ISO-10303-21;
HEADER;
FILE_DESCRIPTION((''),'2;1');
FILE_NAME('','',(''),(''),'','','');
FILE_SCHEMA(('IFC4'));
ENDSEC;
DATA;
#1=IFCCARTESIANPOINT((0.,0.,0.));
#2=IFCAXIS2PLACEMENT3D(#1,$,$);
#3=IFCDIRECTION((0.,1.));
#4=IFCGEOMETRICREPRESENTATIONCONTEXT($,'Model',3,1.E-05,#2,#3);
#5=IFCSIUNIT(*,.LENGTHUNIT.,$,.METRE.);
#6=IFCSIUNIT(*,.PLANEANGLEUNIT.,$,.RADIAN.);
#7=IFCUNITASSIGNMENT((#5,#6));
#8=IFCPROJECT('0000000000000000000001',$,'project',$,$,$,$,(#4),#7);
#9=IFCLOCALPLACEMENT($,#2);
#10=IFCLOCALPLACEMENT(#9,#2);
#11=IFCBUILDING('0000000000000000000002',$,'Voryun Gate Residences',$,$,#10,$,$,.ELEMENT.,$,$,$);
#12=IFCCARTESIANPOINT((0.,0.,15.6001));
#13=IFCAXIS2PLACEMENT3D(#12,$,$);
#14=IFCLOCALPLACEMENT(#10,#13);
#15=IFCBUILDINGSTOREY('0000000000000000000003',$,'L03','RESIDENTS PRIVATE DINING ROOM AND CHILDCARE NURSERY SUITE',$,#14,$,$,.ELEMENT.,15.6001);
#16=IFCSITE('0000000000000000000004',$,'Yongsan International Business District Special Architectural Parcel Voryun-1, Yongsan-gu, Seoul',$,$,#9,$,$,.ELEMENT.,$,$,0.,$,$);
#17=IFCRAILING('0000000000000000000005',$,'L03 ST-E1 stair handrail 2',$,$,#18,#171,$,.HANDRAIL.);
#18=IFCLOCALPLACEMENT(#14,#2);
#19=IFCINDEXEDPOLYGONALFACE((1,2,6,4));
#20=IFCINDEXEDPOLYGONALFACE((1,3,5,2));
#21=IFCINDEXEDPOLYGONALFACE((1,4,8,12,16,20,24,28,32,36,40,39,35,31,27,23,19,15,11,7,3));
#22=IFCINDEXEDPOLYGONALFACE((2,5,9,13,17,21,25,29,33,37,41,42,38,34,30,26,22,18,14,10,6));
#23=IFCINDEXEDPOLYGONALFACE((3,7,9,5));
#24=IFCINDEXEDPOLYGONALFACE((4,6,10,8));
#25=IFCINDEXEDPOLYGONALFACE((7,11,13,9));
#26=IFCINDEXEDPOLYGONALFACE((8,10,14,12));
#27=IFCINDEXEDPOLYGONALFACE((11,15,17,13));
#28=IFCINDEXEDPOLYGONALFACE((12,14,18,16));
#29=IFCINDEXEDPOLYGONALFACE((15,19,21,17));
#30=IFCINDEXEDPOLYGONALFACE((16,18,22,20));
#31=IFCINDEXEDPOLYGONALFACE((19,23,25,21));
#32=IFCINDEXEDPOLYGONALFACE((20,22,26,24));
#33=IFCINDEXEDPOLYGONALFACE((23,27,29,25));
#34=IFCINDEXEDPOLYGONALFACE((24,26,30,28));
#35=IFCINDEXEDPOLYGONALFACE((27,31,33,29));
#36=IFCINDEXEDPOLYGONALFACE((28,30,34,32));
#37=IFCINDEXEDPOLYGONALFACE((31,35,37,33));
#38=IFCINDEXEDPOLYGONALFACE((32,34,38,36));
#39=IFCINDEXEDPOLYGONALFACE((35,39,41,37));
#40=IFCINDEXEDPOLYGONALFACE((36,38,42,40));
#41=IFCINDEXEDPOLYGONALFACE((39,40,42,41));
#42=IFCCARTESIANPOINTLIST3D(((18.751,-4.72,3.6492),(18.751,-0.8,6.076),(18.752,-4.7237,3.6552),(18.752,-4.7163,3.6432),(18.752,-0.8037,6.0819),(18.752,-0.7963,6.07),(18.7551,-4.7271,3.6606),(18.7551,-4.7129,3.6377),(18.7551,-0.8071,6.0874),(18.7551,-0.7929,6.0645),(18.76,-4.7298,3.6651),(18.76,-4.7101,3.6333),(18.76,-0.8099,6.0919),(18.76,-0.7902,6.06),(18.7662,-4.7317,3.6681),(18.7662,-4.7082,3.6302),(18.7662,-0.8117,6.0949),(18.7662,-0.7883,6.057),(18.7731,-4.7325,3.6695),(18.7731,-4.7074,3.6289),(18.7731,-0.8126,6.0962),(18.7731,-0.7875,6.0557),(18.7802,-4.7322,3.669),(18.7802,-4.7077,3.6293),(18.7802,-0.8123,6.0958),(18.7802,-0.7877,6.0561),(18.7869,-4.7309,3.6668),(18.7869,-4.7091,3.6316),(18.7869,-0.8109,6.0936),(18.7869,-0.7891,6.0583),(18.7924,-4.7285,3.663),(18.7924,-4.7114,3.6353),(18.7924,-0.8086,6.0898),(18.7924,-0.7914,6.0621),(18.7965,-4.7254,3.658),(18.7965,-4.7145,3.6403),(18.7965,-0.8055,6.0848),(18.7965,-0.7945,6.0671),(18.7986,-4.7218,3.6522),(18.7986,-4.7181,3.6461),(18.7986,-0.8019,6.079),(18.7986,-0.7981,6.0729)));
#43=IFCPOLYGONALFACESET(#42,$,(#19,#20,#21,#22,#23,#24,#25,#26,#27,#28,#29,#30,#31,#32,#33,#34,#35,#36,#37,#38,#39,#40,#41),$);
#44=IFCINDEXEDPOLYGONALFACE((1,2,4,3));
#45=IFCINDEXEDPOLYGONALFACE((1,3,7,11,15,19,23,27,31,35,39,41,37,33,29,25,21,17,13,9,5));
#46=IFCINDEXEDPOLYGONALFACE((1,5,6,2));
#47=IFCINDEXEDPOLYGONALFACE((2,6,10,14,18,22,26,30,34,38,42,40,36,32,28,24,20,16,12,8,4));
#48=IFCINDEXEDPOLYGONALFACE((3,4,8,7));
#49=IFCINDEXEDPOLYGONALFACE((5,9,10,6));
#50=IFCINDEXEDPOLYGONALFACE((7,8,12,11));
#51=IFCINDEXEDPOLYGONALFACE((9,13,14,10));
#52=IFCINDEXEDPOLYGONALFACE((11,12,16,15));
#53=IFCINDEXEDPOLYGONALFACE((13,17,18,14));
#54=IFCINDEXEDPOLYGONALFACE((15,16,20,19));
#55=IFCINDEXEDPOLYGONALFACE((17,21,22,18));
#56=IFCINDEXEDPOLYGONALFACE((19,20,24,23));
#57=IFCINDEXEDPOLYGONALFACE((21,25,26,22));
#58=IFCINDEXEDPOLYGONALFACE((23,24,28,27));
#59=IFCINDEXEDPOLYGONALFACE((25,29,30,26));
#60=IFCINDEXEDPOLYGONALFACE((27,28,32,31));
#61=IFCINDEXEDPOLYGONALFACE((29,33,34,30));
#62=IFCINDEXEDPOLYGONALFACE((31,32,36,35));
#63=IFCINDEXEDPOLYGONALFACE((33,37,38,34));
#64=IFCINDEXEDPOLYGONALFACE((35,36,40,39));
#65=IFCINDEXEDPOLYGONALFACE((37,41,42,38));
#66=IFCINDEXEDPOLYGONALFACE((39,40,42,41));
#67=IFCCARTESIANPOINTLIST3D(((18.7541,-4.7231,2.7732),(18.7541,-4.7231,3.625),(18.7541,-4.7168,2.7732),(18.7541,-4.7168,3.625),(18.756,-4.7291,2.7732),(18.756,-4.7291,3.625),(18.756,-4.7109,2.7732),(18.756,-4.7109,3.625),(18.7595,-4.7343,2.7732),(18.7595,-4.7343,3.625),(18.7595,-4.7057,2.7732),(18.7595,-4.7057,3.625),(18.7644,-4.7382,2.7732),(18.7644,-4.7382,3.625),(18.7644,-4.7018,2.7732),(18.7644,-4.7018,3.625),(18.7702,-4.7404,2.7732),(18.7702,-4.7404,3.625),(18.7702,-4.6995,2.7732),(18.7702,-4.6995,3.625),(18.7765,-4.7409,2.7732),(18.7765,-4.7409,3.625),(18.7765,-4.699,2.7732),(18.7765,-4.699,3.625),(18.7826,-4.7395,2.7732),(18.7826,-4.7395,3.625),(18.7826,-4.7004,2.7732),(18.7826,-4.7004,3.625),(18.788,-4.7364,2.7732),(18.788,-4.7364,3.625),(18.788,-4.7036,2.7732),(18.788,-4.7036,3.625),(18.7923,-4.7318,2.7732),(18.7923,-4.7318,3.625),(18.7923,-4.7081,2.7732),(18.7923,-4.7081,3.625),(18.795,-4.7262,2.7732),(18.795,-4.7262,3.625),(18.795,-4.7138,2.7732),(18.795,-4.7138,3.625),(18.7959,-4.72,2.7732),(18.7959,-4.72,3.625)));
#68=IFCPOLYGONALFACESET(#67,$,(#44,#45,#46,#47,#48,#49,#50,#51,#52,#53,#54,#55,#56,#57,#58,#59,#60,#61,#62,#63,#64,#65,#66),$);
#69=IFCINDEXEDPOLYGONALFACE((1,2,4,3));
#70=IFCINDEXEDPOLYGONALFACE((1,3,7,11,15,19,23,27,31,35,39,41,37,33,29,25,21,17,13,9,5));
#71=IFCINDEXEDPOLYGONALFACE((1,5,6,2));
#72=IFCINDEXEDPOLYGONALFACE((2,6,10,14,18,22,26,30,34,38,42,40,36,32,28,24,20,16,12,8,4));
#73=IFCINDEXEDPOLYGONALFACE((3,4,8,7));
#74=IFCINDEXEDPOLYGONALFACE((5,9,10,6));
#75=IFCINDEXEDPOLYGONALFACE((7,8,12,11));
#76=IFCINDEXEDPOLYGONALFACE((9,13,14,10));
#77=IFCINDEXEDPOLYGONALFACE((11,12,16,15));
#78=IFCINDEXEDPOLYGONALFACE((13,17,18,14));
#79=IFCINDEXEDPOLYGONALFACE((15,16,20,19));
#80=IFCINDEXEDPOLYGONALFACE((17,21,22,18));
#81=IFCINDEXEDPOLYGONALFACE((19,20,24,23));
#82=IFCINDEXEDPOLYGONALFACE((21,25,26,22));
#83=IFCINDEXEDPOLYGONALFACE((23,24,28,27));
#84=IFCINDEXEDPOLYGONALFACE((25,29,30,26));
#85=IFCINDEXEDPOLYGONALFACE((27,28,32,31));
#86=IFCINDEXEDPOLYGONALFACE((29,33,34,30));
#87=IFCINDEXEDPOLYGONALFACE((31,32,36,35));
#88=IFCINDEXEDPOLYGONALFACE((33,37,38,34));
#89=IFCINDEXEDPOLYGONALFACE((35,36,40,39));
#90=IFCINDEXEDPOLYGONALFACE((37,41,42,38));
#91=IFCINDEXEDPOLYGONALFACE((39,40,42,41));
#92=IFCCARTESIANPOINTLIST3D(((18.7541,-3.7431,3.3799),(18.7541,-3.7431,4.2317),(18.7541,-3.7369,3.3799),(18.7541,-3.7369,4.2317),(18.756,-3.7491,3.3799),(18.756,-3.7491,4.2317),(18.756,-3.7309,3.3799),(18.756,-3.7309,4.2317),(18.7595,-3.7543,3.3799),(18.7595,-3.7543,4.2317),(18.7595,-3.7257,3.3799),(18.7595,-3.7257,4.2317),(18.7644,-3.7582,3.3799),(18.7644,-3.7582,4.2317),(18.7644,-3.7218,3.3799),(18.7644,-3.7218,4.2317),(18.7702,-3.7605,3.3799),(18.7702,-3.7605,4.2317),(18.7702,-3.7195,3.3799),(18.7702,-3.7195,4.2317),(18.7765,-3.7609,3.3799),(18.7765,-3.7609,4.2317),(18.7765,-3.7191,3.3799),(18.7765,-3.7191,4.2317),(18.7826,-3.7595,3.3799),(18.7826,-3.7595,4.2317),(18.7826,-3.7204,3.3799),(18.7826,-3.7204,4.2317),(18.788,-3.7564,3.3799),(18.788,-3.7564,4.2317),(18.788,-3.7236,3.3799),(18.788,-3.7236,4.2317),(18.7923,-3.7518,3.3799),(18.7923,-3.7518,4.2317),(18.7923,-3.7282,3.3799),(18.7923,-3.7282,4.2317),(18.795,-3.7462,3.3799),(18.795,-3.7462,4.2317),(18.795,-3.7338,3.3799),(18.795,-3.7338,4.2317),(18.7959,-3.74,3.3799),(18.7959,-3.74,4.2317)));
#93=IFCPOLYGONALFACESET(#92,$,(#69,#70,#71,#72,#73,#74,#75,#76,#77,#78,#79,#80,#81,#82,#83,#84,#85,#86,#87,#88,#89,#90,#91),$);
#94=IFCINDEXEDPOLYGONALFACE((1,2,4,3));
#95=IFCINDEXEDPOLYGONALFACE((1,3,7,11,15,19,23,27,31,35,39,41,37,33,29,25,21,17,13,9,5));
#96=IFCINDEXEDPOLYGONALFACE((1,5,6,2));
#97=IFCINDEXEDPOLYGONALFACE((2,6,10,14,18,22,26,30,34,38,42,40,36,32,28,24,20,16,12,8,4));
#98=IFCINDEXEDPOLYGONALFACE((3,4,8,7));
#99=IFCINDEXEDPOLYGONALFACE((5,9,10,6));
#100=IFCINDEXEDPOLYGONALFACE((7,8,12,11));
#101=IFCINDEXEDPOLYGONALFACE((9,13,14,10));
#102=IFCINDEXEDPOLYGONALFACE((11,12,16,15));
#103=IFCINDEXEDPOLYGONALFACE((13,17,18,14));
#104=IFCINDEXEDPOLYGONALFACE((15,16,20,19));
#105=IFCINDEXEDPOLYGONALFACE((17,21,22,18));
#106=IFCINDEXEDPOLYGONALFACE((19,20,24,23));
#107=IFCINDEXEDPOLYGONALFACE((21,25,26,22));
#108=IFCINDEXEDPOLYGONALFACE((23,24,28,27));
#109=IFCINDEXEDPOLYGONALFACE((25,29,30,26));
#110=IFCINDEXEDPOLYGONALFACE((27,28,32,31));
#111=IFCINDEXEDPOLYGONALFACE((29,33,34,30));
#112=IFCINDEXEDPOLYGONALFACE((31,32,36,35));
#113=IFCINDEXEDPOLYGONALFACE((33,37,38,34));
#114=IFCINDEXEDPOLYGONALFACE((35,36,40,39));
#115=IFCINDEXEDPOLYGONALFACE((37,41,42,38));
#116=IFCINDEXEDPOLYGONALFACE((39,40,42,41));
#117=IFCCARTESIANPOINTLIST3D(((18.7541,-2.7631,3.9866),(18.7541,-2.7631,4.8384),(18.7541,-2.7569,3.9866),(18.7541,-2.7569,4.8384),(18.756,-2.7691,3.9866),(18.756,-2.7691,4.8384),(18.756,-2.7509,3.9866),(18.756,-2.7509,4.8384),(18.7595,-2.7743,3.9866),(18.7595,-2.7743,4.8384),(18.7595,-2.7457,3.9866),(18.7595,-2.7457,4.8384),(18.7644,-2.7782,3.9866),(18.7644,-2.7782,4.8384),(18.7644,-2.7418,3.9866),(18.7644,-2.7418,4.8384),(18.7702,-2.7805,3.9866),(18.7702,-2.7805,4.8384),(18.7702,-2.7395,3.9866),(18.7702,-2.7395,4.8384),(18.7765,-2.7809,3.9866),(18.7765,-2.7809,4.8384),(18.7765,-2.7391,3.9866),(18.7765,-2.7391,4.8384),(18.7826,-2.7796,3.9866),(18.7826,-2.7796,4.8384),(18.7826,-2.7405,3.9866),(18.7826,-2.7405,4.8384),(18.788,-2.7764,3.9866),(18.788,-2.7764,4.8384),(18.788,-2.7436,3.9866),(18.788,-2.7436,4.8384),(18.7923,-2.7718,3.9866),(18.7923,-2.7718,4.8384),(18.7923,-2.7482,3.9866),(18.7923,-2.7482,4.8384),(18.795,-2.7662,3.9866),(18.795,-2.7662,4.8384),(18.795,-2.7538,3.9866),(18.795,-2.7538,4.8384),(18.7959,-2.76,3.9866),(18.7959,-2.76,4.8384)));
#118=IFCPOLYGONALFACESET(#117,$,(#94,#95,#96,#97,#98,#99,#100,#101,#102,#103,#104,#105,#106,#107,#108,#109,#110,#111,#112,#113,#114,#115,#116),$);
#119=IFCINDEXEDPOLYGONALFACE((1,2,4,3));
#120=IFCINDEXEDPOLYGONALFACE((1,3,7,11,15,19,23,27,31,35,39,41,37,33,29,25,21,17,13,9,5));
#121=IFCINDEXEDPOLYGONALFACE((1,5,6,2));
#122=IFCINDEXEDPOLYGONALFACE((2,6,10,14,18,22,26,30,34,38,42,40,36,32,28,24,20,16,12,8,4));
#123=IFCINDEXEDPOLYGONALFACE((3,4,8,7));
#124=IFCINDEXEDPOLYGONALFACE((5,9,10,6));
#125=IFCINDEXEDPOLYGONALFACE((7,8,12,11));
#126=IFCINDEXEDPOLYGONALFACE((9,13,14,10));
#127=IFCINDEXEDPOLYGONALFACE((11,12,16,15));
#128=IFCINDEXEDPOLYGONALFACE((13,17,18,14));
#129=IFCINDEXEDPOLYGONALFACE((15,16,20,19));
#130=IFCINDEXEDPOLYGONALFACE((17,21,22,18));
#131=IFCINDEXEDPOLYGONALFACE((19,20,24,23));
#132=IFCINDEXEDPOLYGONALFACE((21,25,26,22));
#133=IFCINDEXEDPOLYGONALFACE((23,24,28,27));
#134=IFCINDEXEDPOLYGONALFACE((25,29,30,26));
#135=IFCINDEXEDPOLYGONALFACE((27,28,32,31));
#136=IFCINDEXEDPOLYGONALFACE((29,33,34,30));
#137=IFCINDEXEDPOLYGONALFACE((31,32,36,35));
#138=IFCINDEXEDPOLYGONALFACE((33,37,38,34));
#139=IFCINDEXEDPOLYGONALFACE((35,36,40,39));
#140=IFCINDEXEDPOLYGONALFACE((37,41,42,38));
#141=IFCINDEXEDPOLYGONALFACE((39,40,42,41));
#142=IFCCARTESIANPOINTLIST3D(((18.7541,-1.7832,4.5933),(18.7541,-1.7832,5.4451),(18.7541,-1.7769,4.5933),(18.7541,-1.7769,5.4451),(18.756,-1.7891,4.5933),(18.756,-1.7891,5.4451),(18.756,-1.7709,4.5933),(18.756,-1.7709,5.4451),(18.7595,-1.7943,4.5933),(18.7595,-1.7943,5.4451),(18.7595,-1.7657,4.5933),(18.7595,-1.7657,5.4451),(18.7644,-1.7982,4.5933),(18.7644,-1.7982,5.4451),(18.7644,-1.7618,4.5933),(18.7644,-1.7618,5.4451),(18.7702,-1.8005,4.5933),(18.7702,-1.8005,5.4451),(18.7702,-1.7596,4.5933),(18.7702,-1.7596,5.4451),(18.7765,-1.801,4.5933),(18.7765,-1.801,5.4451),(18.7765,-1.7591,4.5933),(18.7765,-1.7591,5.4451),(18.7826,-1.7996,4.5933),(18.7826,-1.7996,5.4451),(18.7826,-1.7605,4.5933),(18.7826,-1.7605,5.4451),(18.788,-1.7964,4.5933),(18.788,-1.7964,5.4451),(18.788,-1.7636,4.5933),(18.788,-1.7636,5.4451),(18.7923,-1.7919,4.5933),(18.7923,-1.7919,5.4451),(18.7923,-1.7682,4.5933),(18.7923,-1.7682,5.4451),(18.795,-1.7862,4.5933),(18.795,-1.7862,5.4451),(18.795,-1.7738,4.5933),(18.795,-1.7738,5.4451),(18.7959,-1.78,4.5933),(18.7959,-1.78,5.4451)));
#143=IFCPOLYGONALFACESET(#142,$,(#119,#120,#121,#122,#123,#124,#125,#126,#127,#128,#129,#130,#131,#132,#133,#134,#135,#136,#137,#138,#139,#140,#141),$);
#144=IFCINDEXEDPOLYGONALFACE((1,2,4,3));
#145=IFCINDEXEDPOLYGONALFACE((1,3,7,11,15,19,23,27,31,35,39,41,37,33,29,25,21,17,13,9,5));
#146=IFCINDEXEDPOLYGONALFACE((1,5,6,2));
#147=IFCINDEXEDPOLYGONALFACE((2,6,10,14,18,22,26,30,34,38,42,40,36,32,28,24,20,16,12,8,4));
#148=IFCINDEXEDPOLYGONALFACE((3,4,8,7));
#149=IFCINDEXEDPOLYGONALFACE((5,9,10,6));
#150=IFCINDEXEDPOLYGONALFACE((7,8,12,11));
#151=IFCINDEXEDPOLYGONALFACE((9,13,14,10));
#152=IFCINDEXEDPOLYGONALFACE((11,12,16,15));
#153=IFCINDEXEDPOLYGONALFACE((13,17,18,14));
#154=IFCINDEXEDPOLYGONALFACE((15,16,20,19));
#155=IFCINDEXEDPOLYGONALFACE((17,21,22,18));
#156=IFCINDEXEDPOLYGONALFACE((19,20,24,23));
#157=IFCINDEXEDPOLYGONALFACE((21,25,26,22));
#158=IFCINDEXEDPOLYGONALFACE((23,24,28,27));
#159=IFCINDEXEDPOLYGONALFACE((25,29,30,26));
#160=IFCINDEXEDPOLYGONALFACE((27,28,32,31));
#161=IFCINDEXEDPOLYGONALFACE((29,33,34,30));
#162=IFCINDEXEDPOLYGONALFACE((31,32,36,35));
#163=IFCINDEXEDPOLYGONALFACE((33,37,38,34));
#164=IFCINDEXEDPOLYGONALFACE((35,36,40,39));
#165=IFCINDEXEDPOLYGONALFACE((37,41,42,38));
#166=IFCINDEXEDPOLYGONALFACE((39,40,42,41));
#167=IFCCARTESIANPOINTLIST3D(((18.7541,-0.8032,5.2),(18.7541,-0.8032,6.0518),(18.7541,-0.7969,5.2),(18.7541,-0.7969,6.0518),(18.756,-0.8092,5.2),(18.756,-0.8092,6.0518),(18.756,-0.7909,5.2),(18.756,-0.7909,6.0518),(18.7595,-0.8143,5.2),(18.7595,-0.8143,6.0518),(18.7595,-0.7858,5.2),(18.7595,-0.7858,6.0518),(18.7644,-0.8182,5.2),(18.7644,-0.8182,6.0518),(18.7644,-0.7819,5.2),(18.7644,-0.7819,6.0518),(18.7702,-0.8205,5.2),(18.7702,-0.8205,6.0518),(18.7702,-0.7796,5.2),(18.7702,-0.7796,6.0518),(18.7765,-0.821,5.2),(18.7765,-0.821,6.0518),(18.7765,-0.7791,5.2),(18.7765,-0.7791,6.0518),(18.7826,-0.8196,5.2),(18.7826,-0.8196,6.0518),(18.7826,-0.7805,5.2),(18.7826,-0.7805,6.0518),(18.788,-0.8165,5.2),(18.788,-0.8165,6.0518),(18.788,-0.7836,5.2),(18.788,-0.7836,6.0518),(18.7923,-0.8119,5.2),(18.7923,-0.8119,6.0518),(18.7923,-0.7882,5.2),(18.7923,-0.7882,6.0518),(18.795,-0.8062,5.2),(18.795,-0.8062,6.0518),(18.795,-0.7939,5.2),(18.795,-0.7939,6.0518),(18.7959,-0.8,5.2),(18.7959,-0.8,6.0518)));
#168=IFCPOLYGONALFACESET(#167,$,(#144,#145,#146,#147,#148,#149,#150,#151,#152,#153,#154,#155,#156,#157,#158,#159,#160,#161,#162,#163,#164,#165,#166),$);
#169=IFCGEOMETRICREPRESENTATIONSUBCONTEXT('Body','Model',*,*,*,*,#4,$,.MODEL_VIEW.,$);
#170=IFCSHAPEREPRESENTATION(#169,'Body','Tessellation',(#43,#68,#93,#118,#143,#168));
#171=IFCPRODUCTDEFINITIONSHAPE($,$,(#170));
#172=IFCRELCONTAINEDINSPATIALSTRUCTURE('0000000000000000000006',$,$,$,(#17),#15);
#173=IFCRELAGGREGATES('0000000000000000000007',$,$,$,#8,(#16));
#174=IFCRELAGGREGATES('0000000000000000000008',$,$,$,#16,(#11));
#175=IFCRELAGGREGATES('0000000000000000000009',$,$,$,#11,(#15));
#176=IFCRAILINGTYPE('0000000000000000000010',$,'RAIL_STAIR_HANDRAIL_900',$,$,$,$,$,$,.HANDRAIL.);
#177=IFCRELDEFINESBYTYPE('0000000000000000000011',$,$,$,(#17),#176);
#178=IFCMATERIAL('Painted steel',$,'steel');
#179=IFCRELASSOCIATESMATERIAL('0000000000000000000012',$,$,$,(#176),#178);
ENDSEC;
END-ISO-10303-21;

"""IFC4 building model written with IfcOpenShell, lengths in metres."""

from ifc_helpers import new_model, si_unit, direction, frame, origin, origin_2d, place, context, subcontext, project, spatial, circle, extrude, material, type_object, element, save


model = new_model("IFC4")

# Units and contexts
model_context = context("Model", 3, precision=1e-05, world=origin(), true_north=direction((0.0, 1.0)))
body_context = subcontext(model_context, "Body", "Model", "MODEL_VIEW")
ifc_project = project(units=[si_unit("LENGTHUNIT", "METRE"), si_unit("PLANEANGLEUNIT", "RADIAN")], contexts=[model_context])

# Site, building, storey
site_placement = place(None, origin())
site = spatial("IfcSite", under=ifc_project, at=site_placement, Name="Yongsan International Business District Special Architectural Parcel Voryun-1, Yongsan-gu, Seoul", CompositionType="ELEMENT", RefElevation=0.0)
building_placement = place(site_placement, origin())
building = spatial("IfcBuilding", under=site, at=building_placement, Name="Voryun Gate Residences", CompositionType="ELEMENT")
storey_placement = place(building_placement, frame((0.0, 0.0, 15.6001)))
storey = spatial("IfcBuildingStorey", under=building, at=storey_placement, Name="L03", Description="RESIDENTS PRIVATE DINING ROOM AND CHILDCARE NURSERY SUITE", CompositionType="ELEMENT", Elevation=15.6001)

# Railing
ifc_material_1 = material(Name="Painted steel", Category="steel")
railing_type_1 = type_object("IfcRailingType", Name="RAIL_STAIR_HANDRAIL_900", PredefinedType="HANDRAIL", material=ifc_material_1)
railing_1_placement = place(storey_placement, frame((18.7749, -4.72, 2.7732)))
element("IfcRailing", 1, at=railing_1_placement, inside=storey, type_object=railing_type_1, Name="L03 ST-E1 stair handrail 2", PredefinedType="HANDRAIL", context=body_context, shape_type="SweptSolid", body=[
    extrude(circle(Radius=0.0239, at=origin_2d()), frame((0.0, 0.0, 0.876), z_axis=(0.0, 0.850252, 0.526376), x_axis=(-1.0, 0.0, 0.0)), (0.0, 0.0, 1.0), 4.6104),
    extrude(circle(Radius=0.021, at=origin_2d()), origin(), (0.0, 0.0, 1.0), 0.8518),
    extrude(circle(Radius=0.021, at=origin_2d()), frame((0.0, 0.98, 0.6067)), (0.0, 0.0, 1.0), 0.8518),
    extrude(circle(Radius=0.021, at=origin_2d()), frame((0.0, 1.96, 1.2134)), (0.0, 0.0, 1.0), 0.8518),
    extrude(circle(Radius=0.021, at=origin_2d()), frame((0.0, 2.9399, 1.8201)), (0.0, 0.0, 1.0), 0.8518),
    extrude(circle(Radius=0.021, at=origin_2d()), frame((0.0, 3.9199, 2.4268)), (0.0, 0.0, 1.0), 0.8518),
])

save(model, "model.ifc")
